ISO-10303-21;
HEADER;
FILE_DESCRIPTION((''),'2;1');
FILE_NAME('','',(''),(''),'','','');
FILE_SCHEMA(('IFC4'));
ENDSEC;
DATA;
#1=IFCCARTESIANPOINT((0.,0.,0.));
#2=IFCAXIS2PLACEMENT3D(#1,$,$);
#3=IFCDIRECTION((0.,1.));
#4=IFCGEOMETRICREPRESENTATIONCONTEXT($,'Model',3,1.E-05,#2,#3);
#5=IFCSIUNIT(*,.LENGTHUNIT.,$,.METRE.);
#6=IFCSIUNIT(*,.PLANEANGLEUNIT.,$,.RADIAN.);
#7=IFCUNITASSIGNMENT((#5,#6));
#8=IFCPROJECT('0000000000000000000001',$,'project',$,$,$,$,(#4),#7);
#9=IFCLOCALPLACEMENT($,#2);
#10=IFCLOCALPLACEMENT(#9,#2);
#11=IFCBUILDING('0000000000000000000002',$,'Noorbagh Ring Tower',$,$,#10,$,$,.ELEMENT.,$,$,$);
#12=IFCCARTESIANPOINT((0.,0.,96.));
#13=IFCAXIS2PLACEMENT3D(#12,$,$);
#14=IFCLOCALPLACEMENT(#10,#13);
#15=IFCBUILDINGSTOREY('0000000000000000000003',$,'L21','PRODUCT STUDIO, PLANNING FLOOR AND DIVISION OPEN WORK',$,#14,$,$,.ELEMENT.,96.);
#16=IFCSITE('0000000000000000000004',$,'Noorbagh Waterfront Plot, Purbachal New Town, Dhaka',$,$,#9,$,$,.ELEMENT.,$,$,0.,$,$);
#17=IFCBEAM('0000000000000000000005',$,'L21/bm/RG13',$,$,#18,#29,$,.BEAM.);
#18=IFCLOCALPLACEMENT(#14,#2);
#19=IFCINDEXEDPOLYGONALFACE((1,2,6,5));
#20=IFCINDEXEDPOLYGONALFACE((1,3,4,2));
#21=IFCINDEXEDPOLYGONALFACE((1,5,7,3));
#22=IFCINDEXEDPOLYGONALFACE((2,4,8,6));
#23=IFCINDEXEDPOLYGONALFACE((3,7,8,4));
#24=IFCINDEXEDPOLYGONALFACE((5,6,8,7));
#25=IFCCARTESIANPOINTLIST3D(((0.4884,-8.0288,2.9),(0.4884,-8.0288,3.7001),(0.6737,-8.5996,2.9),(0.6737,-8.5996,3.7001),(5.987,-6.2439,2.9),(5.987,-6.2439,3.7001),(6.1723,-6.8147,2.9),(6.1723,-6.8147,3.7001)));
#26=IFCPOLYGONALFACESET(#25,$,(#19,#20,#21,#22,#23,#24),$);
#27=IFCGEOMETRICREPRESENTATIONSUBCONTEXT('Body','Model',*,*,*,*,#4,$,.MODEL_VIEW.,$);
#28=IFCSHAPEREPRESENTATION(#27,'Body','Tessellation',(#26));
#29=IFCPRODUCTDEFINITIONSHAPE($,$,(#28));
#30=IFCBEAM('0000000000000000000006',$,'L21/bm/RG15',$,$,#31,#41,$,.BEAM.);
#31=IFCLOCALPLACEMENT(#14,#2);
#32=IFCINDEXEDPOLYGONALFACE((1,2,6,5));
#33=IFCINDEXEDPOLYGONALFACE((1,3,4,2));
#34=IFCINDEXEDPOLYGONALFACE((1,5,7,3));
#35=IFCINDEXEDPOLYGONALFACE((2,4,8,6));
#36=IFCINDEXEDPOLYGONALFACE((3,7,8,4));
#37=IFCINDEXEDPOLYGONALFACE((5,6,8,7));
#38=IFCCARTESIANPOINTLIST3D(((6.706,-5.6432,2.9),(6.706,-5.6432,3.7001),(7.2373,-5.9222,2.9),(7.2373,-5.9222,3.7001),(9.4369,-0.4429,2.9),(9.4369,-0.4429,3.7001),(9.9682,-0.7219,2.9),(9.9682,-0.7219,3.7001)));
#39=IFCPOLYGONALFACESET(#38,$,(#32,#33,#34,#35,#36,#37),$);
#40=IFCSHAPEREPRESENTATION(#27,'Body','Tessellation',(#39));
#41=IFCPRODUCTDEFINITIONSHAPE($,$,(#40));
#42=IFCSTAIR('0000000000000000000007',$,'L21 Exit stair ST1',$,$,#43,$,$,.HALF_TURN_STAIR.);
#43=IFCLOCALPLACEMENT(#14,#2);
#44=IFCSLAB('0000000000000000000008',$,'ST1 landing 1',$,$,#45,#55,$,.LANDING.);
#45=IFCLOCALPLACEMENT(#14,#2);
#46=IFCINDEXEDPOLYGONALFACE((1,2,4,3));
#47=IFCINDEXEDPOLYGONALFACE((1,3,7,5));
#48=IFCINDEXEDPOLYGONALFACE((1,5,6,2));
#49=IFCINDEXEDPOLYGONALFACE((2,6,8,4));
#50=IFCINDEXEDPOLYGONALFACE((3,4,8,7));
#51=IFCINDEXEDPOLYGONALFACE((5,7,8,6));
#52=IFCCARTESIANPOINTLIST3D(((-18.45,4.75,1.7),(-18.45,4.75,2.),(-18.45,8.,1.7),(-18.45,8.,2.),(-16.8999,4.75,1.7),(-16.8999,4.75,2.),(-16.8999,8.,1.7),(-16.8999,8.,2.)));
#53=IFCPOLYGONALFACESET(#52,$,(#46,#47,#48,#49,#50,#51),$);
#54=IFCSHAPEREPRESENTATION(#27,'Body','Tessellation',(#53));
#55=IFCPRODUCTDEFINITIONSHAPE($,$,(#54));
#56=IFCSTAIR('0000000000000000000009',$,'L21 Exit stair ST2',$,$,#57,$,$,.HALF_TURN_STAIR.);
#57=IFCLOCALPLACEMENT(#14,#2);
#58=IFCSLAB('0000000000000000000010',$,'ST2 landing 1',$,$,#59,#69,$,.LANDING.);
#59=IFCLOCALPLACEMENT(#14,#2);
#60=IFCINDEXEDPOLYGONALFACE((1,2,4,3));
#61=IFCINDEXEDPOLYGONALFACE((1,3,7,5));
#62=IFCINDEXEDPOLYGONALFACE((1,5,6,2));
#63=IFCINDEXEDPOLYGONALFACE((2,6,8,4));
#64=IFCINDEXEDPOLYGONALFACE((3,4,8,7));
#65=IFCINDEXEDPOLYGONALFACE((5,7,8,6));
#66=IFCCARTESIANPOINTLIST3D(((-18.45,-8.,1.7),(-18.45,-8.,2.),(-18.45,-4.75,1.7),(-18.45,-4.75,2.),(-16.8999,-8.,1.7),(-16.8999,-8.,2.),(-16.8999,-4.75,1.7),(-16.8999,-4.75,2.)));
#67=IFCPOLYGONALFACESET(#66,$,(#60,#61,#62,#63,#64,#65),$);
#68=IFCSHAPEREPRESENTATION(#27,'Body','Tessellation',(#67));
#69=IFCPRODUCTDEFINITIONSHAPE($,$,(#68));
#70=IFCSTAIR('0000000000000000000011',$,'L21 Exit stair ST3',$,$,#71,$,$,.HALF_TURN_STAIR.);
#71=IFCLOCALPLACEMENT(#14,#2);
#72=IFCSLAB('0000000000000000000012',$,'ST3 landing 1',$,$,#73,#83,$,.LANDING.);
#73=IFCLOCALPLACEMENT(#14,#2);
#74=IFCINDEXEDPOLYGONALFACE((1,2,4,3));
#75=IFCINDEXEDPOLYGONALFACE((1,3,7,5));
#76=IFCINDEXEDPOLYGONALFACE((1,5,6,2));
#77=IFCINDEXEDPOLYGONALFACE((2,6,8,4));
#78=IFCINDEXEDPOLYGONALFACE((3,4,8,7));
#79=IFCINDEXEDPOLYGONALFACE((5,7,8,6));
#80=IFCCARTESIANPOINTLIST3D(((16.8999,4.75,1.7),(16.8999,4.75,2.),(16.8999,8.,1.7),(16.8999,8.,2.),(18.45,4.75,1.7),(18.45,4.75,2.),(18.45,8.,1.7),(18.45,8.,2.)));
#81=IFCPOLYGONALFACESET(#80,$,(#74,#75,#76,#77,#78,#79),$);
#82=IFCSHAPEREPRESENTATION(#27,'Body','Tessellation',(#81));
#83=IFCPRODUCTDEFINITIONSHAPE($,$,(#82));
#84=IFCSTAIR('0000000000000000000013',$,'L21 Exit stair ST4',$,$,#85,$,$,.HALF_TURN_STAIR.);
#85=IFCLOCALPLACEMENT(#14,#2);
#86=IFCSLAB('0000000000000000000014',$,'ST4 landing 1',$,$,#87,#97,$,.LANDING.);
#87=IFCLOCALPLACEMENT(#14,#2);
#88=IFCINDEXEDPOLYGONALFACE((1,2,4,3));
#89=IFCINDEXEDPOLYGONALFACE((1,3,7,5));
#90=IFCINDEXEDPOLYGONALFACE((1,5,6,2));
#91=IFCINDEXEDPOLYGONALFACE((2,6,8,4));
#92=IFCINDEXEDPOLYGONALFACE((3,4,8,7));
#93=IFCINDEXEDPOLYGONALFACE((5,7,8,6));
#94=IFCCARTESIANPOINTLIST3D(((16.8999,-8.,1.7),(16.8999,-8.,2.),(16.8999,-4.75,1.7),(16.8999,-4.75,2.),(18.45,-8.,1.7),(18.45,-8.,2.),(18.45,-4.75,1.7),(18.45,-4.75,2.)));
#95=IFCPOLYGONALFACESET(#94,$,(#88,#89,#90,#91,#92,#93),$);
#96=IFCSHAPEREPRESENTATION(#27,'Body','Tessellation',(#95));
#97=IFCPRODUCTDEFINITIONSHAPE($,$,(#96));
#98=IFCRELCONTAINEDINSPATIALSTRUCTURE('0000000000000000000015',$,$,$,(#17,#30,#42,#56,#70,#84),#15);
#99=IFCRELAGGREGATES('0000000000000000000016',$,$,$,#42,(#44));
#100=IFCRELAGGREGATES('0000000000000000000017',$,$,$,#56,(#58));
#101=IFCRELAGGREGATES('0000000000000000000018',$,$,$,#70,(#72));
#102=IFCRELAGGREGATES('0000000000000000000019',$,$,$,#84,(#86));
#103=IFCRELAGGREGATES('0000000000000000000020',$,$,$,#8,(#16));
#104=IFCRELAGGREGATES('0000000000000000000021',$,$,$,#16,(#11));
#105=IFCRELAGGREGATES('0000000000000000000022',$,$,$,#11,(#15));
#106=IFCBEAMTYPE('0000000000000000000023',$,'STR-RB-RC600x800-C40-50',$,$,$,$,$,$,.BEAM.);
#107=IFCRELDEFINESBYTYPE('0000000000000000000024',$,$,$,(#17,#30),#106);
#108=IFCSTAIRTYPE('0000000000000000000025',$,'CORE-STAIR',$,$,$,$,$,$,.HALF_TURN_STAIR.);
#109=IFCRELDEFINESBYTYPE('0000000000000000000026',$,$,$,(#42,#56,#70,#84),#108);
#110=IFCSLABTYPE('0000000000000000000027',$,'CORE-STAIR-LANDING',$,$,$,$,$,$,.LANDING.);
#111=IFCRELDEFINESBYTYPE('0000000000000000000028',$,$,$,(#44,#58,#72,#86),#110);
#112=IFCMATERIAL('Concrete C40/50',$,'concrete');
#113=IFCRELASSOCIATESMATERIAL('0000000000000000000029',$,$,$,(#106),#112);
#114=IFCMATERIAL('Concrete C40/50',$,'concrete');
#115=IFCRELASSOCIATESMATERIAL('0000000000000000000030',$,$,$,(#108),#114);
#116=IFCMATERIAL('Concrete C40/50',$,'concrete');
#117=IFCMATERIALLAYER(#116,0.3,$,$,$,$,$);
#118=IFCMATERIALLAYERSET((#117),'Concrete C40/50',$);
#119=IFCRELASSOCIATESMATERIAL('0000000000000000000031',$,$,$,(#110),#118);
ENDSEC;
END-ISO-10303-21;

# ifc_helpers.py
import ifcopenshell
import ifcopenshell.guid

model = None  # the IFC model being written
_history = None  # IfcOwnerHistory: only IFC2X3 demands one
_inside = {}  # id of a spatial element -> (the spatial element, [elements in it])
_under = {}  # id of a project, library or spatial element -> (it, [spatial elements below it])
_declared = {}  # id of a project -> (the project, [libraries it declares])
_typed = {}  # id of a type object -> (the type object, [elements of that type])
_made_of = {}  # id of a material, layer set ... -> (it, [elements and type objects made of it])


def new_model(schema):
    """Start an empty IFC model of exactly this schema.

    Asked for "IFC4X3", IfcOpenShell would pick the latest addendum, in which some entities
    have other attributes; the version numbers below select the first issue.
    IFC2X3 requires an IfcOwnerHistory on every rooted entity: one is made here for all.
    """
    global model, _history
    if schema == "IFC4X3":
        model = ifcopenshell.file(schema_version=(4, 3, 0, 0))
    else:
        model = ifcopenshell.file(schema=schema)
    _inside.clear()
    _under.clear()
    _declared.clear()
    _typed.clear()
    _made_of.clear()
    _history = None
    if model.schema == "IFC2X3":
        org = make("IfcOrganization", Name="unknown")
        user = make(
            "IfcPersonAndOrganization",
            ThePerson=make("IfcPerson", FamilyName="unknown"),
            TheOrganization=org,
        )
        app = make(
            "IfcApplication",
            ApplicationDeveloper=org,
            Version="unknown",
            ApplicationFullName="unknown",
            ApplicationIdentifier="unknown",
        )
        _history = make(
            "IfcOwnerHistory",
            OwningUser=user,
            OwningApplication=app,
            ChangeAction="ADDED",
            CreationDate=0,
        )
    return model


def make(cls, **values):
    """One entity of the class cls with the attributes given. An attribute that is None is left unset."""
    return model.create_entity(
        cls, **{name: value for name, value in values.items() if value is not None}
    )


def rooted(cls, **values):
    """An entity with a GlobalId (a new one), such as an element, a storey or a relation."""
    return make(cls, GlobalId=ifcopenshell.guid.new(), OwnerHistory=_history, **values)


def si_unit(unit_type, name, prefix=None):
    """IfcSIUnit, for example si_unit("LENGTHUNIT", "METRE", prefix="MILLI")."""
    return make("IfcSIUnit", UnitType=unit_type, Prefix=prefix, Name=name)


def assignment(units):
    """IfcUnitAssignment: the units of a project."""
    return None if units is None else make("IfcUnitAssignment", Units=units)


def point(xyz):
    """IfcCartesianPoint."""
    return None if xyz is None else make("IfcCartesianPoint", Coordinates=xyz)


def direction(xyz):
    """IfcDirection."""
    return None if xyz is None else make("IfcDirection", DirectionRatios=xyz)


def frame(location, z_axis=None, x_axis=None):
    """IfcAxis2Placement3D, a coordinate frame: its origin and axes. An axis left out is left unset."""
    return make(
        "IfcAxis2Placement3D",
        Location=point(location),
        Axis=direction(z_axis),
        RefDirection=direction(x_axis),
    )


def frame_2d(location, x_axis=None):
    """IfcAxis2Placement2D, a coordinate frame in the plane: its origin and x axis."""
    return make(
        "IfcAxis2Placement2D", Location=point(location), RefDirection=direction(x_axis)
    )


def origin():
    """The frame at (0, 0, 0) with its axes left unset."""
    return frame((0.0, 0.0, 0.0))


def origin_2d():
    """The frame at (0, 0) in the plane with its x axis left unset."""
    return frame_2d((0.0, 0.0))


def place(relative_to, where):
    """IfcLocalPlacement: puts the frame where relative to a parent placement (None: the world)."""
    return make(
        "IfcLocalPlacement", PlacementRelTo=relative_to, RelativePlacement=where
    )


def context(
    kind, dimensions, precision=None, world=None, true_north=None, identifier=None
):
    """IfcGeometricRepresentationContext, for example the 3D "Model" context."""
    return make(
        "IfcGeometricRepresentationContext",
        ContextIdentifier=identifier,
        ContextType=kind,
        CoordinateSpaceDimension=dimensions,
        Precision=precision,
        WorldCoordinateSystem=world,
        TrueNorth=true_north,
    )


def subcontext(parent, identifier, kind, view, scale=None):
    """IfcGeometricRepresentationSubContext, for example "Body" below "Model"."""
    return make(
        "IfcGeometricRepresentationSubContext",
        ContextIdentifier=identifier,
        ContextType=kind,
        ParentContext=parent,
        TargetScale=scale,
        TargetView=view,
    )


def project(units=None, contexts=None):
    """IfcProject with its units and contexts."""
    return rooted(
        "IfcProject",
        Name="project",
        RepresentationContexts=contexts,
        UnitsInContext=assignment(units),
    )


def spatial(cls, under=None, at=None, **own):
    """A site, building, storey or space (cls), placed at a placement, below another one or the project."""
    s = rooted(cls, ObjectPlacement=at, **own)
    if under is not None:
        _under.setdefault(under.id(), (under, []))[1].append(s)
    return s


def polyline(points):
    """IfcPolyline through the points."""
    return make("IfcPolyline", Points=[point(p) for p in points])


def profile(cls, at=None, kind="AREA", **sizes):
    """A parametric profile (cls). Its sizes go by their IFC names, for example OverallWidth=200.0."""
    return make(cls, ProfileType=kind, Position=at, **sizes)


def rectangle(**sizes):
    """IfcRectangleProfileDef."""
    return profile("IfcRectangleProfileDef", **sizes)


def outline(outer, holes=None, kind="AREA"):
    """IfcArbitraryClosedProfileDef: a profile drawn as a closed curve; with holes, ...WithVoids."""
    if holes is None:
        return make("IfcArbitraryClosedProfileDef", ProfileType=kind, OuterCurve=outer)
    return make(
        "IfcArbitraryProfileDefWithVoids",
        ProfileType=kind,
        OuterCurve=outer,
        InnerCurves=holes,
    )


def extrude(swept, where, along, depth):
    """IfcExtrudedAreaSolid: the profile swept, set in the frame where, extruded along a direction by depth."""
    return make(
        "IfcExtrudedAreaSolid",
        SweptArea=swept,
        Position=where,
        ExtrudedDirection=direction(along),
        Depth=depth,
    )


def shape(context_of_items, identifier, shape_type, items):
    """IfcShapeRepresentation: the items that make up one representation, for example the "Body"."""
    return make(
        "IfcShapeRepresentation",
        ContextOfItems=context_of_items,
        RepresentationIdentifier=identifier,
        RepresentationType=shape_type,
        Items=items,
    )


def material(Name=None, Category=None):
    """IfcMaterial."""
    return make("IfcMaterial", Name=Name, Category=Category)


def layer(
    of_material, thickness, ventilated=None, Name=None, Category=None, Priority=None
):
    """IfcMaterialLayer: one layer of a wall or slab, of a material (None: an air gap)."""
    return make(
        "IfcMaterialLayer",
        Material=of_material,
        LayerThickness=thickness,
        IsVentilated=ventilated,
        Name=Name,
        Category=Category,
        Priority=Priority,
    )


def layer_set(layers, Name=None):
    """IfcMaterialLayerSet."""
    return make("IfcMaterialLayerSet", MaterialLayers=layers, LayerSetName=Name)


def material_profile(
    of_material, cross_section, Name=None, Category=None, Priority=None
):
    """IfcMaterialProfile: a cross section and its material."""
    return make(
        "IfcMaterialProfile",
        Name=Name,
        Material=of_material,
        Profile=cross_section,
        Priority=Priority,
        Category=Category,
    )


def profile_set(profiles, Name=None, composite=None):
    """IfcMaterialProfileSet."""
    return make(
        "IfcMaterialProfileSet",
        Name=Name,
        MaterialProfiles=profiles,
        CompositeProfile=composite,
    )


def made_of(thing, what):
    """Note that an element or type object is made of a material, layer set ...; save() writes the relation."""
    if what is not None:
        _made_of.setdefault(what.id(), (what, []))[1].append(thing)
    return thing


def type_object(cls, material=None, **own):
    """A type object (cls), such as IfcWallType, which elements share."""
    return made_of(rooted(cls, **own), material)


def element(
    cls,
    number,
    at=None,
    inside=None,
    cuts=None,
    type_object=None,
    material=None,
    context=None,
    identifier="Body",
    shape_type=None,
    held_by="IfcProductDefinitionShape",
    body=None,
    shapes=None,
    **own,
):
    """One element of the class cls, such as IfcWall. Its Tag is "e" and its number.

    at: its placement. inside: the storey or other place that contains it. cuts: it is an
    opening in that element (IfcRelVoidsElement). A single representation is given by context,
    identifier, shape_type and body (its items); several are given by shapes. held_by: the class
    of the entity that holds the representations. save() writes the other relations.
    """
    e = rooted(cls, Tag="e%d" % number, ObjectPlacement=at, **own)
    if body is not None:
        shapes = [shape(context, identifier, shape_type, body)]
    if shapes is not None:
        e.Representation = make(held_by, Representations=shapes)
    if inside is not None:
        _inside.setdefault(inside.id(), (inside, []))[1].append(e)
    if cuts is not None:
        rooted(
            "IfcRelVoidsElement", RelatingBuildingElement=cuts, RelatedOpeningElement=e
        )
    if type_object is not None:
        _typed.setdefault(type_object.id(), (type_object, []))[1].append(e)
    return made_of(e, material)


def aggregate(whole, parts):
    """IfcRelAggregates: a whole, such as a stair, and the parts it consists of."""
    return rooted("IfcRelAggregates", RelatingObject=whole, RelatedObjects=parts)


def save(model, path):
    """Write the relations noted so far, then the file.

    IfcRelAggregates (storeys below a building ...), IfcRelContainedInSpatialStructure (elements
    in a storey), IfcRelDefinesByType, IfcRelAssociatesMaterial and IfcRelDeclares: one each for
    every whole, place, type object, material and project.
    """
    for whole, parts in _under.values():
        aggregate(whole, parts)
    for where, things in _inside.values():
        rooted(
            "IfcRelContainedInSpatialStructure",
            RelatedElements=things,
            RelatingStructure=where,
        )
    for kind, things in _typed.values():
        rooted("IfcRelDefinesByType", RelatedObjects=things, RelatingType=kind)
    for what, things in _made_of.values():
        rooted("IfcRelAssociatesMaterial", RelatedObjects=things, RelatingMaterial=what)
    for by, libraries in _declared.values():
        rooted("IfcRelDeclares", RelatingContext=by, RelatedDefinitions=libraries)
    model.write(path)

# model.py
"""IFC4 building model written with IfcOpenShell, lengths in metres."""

from ifc_helpers import new_model, si_unit, direction, frame, origin, origin_2d, place, context, subcontext, project, spatial, polyline, rectangle, outline, extrude, material, layer, layer_set, material_profile, profile_set, type_object, element, aggregate, save


model = new_model("IFC4")

# Units and contexts
model_context = context("Model", 3, precision=1e-05, world=origin(), true_north=direction((0.0, 1.0)))
body_context = subcontext(model_context, "Body", "Model", "MODEL_VIEW")
ifc_project = project(units=[si_unit("LENGTHUNIT", "METRE"), si_unit("PLANEANGLEUNIT", "RADIAN")], contexts=[model_context])

# Site, building, storey
site_placement = place(None, origin())
site = spatial("IfcSite", under=ifc_project, at=site_placement, Name="Noorbagh Waterfront Plot, Purbachal New Town, Dhaka", CompositionType="ELEMENT", RefElevation=0.0)
building_placement = place(site_placement, origin())
building = spatial("IfcBuilding", under=site, at=building_placement, Name="Noorbagh Ring Tower", CompositionType="ELEMENT")
storey_placement = place(building_placement, frame((0.0, 0.0, 96.0)))
storey = spatial("IfcBuildingStorey", under=building, at=storey_placement, Name="L21", Description="PRODUCT STUDIO, PLANNING FLOOR AND DIVISION OPEN WORK", CompositionType="ELEMENT", Elevation=96.0)

# Beams
ifc_material_1 = material(Name="Concrete C40/50", Category="concrete")
ifc_material_profile_1 = material_profile(ifc_material_1, rectangle(XDim=0.6001, YDim=0.8, at=origin_2d()), Name="RC600x800")
ifc_profile_set_1 = profile_set([ifc_material_profile_1], Name="Concrete C40/50")
beam_type = type_object("IfcBeamType", Name="STR-RB-RC600x800-C40-50", PredefinedType="BEAM", material=ifc_profile_set_1)
beam_1_placement = place(storey_placement, frame((0.5811, -8.3142, 3.3), z_axis=(0.951141, 0.308756, 0.0), x_axis=(-0.308756, 0.951141, 0.0)))
element("IfcBeam", 1, at=beam_1_placement, inside=storey, type_object=beam_type, Name="L21/bm/RG13", PredefinedType="BEAM", context=body_context, shape_type="SweptSolid", body=[
    extrude(rectangle(XDim=0.6001, YDim=0.8, at=origin_2d()), origin(), (0.0, 0.0, 1.0), 5.781),
])
beam_2_placement = place(storey_placement, frame((6.9717, -5.7827, 3.3), z_axis=(0.464931, 0.885347, 0.0), x_axis=(-0.885347, 0.464931, 0.0)))
element("IfcBeam", 2, at=beam_2_placement, inside=storey, type_object=beam_type, Name="L21/bm/RG15", PredefinedType="BEAM", context=body_context, shape_type="SweptSolid", body=[
    extrude(rectangle(XDim=0.6001, YDim=0.8, at=origin_2d()), origin(), (0.0, 0.0, 1.0), 5.8738),
])

# Stairs, slabs
ifc_material_2 = material(Name="Concrete C40/50", Category="concrete")
stair_type = type_object("IfcStairType", Name="CORE-STAIR", PredefinedType="HALF_TURN_STAIR", material=ifc_material_2)
stair_1_placement = place(storey_placement, origin())
stair_1 = element("IfcStair", 3, at=stair_1_placement, inside=storey, type_object=stair_type, Name="L21 Exit stair ST1", PredefinedType="HALF_TURN_STAIR")
ifc_material_3 = material(Name="Concrete C40/50", Category="concrete")
ifc_layer_1 = layer(ifc_material_3, 0.3)
ifc_layer_set_1 = layer_set([ifc_layer_1], Name="Concrete C40/50")
slab_type_1 = type_object("IfcSlabType", Name="CORE-STAIR-LANDING", PredefinedType="LANDING", material=ifc_layer_set_1)
slab_1_placement = place(storey_placement, frame((0.0, 0.0, 1.7)))
slab_1 = element("IfcSlab", 4, at=slab_1_placement, type_object=slab_type_1, Name="ST1 landing 1", PredefinedType="LANDING", context=body_context, shape_type="SweptSolid", body=[
    extrude(outline(polyline([(-18.45, 4.75), (-16.8999, 4.75), (-16.8999, 8.0), (-18.45, 8.0), (-18.45, 4.75)])), origin(), (0.0, 0.0, 1.0), 0.3),
])
aggregate(stair_1, [slab_1])
stair_2_placement = place(storey_placement, origin())
stair_2 = element("IfcStair", 5, at=stair_2_placement, inside=storey, type_object=stair_type, Name="L21 Exit stair ST2", PredefinedType="HALF_TURN_STAIR")
slab_2_placement = place(storey_placement, frame((0.0, 0.0, 1.7)))
slab_2 = element("IfcSlab", 6, at=slab_2_placement, type_object=slab_type_1, Name="ST2 landing 1", PredefinedType="LANDING", context=body_context, shape_type="SweptSolid", body=[
    extrude(outline(polyline([(-18.45, -8.0), (-16.8999, -8.0), (-16.8999, -4.75), (-18.45, -4.75), (-18.45, -8.0)])), origin(), (0.0, 0.0, 1.0), 0.3),
])
aggregate(stair_2, [slab_2])
stair_3_placement = place(storey_placement, origin())
stair_3 = element("IfcStair", 7, at=stair_3_placement, inside=storey, type_object=stair_type, Name="L21 Exit stair ST3", PredefinedType="HALF_TURN_STAIR")
slab_3_placement = place(storey_placement, frame((0.0, 0.0, 1.7)))
slab_3 = element("IfcSlab", 8, at=slab_3_placement, type_object=slab_type_1, Name="ST3 landing 1", PredefinedType="LANDING", context=body_context, shape_type="SweptSolid", body=[
    extrude(outline(polyline([(18.45, 8.0), (16.8999, 8.0), (16.8999, 4.75), (18.45, 4.75), (18.45, 8.0)])), origin(), (0.0, 0.0, 1.0), 0.3),
])
aggregate(stair_3, [slab_3])
stair_4_placement = place(storey_placement, origin())
stair_4 = element("IfcStair", 9, at=stair_4_placement, inside=storey, type_object=stair_type, Name="L21 Exit stair ST4", PredefinedType="HALF_TURN_STAIR")
slab_4_placement = place(storey_placement, frame((0.0, 0.0, 1.7)))
slab_4 = element("IfcSlab", 10, at=slab_4_placement, type_object=slab_type_1, Name="ST4 landing 1", PredefinedType="LANDING", context=body_context, shape_type="SweptSolid", body=[
    extrude(outline(polyline([(18.45, -4.75), (16.8999, -4.75), (16.8999, -8.0), (18.45, -8.0), (18.45, -4.75)])), origin(), (0.0, 0.0, 1.0), 0.3),
])
aggregate(stair_4, [slab_4])

save(model, "model.ifc")
